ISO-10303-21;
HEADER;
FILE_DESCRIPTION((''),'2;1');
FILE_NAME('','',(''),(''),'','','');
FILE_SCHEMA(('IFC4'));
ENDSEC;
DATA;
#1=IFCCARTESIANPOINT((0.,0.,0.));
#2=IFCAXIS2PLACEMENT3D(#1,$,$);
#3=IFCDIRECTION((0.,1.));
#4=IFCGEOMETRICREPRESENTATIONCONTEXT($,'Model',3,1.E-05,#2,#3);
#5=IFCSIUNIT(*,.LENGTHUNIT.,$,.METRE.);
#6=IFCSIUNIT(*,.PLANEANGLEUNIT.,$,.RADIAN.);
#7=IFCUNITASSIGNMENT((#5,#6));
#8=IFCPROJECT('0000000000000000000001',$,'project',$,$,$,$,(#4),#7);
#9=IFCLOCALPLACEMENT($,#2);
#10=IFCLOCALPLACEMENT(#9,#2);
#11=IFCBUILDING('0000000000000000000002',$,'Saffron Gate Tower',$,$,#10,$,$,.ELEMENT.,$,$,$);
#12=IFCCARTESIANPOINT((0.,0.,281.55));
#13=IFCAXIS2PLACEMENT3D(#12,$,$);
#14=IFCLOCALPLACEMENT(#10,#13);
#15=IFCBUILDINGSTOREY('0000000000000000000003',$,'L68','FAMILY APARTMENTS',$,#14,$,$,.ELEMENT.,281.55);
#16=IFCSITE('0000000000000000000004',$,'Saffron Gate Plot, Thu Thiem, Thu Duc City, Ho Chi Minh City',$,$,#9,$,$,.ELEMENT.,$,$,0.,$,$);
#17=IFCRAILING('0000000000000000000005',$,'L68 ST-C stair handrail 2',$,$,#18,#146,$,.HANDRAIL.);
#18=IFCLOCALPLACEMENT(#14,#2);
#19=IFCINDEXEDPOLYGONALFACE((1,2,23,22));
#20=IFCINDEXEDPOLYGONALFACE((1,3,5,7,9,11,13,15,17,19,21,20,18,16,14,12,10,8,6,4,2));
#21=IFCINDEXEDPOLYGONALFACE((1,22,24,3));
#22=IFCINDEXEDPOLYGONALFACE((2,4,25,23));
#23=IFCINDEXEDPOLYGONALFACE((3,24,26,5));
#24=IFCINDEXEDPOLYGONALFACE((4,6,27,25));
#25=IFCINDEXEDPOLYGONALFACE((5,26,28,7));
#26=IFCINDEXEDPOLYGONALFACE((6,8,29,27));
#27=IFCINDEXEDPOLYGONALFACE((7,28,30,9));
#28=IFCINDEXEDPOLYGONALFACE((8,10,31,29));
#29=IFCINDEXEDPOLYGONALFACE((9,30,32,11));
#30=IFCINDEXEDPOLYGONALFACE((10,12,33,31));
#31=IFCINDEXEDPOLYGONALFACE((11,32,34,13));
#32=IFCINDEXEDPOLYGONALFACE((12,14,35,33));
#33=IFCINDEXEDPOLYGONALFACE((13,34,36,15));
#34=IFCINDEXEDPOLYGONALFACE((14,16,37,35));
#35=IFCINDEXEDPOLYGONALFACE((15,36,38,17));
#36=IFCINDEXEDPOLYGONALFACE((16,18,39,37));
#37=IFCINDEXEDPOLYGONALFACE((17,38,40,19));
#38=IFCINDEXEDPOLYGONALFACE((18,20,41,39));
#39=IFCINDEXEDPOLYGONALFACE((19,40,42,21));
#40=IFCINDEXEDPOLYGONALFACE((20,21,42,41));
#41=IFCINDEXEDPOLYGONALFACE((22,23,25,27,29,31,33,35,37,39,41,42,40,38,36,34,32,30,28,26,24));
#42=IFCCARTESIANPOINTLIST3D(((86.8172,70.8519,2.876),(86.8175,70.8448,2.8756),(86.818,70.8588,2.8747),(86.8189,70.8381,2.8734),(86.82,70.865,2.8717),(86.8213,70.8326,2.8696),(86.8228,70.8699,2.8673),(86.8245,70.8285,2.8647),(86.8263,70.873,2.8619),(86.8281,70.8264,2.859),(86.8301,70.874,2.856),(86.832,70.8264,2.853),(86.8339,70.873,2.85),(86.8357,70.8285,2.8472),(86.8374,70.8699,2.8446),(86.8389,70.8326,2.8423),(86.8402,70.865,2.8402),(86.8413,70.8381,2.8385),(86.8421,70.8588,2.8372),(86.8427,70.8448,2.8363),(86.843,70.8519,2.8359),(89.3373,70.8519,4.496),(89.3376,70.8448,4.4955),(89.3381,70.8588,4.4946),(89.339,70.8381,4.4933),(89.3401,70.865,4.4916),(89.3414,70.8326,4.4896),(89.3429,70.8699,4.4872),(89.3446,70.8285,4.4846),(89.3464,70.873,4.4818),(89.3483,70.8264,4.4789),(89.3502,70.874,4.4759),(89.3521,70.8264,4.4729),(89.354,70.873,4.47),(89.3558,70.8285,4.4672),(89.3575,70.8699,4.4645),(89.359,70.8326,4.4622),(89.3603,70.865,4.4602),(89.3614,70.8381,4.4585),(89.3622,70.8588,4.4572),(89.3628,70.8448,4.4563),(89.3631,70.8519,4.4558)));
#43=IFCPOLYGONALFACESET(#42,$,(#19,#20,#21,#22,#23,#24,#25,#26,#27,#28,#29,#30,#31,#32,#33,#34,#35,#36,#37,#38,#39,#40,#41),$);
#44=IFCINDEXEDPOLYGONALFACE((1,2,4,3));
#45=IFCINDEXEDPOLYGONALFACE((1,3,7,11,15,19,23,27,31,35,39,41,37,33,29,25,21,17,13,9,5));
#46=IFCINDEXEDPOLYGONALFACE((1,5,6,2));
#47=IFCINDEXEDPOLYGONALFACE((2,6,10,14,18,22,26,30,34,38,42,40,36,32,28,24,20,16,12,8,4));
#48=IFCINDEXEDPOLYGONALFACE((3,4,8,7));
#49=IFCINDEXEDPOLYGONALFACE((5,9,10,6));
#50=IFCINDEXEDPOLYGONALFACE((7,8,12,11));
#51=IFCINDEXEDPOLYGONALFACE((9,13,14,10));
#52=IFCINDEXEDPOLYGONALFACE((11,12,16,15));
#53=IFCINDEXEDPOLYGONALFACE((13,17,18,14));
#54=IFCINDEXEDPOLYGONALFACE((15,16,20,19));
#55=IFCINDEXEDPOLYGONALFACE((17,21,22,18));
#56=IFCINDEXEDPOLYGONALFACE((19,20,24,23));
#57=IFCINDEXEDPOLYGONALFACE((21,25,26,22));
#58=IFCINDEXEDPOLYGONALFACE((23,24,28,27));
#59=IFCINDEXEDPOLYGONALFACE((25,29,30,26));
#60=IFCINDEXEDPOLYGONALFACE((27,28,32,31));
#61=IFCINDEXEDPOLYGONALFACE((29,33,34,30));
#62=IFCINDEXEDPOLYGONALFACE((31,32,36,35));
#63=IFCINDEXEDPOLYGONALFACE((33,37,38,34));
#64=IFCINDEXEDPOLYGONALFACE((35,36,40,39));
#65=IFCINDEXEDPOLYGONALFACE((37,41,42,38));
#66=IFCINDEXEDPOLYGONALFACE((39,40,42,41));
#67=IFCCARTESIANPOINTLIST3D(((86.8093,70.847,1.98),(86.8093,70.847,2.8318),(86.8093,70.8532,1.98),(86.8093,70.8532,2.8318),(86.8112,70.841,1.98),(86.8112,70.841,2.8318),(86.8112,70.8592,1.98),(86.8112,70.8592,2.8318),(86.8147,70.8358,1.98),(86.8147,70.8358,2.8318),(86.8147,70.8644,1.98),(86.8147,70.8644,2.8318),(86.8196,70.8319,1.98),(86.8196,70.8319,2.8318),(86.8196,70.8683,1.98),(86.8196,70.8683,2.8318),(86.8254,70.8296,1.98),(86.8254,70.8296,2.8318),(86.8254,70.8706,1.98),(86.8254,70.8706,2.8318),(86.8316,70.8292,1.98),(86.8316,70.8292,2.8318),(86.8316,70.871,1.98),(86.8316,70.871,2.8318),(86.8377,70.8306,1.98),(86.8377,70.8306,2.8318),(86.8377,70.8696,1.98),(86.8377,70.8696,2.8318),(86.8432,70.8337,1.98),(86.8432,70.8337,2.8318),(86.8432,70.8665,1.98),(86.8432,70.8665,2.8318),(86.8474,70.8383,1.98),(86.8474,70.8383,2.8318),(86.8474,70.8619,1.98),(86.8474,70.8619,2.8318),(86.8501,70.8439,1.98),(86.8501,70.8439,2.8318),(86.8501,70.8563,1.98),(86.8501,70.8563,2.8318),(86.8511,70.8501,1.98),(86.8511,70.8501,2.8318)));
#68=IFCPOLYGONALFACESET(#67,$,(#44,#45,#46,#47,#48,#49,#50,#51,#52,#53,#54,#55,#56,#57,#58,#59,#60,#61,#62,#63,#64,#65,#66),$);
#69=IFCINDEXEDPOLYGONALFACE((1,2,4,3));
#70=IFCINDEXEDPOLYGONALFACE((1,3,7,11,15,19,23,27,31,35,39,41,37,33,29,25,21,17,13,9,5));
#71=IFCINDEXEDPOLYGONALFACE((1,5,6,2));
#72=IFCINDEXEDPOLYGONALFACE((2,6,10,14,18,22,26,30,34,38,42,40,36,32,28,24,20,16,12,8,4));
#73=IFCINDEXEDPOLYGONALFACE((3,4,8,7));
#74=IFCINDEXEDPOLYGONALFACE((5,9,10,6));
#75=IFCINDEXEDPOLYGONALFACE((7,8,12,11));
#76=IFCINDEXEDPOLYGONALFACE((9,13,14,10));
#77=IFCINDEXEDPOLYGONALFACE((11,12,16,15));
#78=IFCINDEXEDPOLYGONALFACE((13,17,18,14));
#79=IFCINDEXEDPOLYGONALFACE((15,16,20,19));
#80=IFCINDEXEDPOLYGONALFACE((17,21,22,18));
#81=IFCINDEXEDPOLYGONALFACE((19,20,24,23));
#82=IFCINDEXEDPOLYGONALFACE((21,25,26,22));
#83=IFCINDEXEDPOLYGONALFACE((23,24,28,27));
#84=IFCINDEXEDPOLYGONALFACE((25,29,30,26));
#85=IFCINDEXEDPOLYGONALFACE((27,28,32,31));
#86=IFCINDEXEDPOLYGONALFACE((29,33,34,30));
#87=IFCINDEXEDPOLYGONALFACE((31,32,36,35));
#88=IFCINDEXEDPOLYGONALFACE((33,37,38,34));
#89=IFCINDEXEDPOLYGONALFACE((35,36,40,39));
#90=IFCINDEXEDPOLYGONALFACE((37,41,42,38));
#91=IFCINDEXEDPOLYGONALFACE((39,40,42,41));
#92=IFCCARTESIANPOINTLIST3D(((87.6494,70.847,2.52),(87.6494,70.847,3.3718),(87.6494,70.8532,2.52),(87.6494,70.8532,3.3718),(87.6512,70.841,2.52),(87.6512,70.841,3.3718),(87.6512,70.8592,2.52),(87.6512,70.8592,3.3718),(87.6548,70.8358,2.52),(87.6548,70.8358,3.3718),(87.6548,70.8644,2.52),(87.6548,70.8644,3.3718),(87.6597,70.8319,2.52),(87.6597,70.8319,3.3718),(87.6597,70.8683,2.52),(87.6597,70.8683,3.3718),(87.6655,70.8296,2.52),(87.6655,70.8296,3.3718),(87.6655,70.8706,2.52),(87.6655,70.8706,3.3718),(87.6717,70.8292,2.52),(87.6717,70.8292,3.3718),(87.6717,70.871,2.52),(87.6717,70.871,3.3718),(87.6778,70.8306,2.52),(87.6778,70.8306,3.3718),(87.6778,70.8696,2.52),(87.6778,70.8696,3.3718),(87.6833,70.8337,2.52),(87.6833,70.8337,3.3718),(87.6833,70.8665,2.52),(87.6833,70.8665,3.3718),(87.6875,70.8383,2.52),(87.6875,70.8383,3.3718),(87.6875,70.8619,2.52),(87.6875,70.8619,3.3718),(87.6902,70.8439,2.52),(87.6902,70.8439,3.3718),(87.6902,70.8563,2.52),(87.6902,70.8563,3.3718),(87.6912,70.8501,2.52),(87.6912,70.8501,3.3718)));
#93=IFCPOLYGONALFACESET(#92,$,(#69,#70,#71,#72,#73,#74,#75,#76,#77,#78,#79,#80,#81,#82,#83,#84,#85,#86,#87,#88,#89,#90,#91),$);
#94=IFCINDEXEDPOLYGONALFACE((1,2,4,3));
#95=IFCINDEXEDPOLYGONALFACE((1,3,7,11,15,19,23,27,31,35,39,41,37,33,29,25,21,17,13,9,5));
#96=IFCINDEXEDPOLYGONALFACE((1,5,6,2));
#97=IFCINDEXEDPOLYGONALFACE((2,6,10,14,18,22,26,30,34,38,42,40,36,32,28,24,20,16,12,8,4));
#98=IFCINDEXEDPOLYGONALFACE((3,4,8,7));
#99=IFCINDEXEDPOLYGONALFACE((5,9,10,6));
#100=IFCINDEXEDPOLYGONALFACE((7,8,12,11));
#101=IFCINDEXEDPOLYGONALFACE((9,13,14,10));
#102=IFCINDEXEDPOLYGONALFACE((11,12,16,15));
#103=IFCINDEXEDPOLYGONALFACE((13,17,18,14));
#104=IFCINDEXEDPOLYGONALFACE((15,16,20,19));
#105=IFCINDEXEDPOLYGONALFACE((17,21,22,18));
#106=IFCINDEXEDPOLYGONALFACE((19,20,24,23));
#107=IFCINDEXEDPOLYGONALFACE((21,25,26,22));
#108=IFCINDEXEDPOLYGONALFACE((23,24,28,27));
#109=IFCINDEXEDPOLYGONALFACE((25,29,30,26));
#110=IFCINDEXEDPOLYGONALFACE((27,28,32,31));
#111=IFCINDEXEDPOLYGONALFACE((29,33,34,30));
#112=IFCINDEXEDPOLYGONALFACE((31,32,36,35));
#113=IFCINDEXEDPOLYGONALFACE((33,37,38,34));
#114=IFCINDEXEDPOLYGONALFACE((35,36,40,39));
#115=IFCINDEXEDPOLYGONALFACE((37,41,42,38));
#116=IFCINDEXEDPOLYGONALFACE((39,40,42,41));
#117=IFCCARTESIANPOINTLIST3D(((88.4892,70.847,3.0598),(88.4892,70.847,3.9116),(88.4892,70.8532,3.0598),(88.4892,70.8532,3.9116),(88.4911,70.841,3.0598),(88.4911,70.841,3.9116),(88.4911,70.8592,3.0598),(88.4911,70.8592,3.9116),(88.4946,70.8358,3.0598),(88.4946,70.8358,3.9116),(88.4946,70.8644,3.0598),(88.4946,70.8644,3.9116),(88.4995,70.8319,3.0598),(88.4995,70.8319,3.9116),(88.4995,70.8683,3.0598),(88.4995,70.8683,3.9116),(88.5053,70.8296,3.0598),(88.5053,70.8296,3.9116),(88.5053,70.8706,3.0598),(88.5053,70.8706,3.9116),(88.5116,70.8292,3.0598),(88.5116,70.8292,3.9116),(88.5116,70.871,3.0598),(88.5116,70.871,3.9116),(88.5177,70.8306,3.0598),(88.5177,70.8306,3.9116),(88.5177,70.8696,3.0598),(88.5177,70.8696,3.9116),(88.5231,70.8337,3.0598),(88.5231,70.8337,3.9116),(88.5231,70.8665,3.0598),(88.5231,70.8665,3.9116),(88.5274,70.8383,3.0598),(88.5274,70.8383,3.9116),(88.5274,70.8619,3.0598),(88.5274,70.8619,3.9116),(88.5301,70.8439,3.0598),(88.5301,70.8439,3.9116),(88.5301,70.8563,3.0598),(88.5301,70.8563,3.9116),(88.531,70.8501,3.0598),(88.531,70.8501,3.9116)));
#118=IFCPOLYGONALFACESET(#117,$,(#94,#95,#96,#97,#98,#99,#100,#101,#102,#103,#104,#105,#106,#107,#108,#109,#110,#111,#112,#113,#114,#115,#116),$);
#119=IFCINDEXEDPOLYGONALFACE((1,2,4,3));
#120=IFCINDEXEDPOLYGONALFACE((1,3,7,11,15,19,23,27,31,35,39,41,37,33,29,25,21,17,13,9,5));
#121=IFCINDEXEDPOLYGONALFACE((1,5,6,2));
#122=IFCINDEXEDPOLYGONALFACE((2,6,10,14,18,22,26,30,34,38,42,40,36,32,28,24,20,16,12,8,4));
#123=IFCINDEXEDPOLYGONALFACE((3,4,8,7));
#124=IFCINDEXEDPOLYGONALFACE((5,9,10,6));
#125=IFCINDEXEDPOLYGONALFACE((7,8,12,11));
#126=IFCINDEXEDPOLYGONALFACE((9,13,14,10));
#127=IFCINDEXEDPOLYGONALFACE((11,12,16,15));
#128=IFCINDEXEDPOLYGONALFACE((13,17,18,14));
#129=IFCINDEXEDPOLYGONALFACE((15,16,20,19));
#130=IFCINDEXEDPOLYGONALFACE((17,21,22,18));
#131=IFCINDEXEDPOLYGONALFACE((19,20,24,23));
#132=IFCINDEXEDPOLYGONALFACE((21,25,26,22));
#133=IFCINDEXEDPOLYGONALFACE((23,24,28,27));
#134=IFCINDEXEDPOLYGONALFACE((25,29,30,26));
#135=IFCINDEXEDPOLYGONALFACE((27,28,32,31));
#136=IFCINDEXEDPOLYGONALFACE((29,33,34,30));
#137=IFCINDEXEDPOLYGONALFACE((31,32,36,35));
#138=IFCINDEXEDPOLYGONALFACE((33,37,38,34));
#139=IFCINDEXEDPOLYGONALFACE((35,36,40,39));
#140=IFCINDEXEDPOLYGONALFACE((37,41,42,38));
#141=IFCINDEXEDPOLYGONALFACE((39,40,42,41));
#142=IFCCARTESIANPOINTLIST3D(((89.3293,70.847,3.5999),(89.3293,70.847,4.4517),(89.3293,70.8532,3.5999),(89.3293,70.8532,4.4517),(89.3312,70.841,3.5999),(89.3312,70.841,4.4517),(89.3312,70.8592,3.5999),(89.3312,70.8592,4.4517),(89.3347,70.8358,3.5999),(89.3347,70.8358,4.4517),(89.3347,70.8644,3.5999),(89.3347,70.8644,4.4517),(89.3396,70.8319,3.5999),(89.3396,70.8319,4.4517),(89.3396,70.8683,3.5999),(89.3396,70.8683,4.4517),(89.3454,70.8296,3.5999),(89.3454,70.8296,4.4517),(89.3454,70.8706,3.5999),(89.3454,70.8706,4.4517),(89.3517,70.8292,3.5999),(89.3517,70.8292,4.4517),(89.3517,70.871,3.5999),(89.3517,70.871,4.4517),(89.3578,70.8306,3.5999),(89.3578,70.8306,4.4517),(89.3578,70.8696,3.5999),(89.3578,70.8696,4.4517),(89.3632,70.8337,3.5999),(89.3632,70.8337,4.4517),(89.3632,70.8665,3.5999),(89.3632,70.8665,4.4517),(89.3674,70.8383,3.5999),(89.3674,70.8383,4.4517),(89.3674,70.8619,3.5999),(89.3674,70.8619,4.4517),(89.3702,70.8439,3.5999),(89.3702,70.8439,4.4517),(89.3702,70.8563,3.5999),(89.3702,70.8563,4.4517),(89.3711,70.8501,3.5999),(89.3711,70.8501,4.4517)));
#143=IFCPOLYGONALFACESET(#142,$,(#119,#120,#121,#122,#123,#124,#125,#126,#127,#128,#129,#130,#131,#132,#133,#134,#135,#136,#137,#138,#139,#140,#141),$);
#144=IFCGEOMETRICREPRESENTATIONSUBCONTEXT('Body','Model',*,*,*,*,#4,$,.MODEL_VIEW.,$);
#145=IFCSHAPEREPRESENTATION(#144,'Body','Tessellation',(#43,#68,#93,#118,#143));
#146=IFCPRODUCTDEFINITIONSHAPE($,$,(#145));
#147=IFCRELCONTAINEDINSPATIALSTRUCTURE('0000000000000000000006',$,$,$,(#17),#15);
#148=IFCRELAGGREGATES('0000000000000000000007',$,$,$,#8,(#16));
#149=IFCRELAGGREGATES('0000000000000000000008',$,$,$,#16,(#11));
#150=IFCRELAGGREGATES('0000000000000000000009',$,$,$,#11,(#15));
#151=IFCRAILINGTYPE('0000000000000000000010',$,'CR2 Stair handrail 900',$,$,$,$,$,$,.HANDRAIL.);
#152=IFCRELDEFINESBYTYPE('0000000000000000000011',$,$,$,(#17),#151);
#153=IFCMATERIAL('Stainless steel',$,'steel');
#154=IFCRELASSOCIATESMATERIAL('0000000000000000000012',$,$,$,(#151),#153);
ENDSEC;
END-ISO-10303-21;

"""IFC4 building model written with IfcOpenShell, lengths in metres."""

from ifc_helpers import new_model, si_unit, direction, frame, origin, origin_2d, place, context, subcontext, project, spatial, circle, extrude, material, type_object, element, save


model = new_model("IFC4")

# Units and contexts
model_context = context("Model", 3, precision=1e-05, world=origin(), true_north=direction((0.0, 1.0)))
body_context = subcontext(model_context, "Body", "Model", "MODEL_VIEW")
ifc_project = project(units=[si_unit("LENGTHUNIT", "METRE"), si_unit("PLANEANGLEUNIT", "RADIAN")], contexts=[model_context])

# Site, building, storey
site_placement = place(None, origin())
site = spatial("IfcSite", under=ifc_project, at=site_placement, Name="Saffron Gate Plot, Thu Thiem, Thu Duc City, Ho Chi Minh City", CompositionType="ELEMENT", RefElevation=0.0)
building_placement = place(site_placement, origin())
building = spatial("IfcBuilding", under=site, at=building_placement, Name="Saffron Gate Tower", CompositionType="ELEMENT")
storey_placement = place(building_placement, frame((0.0, 0.0, 281.55)))
storey = spatial("IfcBuildingStorey", under=building, at=storey_placement, Name="L68", Description="FAMILY APARTMENTS", CompositionType="ELEMENT", Elevation=281.55)

# Railing
ifc_material_1 = material(Name="Stainless steel", Category="steel")
railing_type_1 = type_object("IfcRailingType", Name="CR2 Stair handrail 900", PredefinedType="HANDRAIL", material=ifc_material_1)
railing_1_placement = place(storey_placement, frame((86.8301, 70.8501, 1.98)))
element("IfcRailing", 1, at=railing_1_placement, inside=storey, type_object=railing_type_1, Name="L68 ST-C stair handrail 2", PredefinedType="HANDRAIL", context=body_context, shape_type="SweptSolid", body=[
    extrude(circle(Radius=0.0239, at=origin_2d()), frame((0.0, 0.0, 0.876), z_axis=(0.8412, 0.0, 0.540725), x_axis=(0.0, 1.0, 0.0)), (0.0, 0.0, 1.0), 2.9958),
    extrude(circle(Radius=0.021, at=origin_2d()), origin(), (0.0, 0.0, 1.0), 0.8518),
    extrude(circle(Radius=0.021, at=origin_2d()), frame((0.8401, 0.0, 0.54)), (0.0, 0.0, 1.0), 0.8518),
    extrude(circle(Radius=0.021, at=origin_2d()), frame((1.6799, 0.0, 1.0798)), (0.0, 0.0, 1.0), 0.8518),
    extrude(circle(Radius=0.021, at=origin_2d()), frame((2.52, 0.0, 1.6199)), (0.0, 0.0, 1.0), 0.8518),
])

save(model, "model.ifc")
